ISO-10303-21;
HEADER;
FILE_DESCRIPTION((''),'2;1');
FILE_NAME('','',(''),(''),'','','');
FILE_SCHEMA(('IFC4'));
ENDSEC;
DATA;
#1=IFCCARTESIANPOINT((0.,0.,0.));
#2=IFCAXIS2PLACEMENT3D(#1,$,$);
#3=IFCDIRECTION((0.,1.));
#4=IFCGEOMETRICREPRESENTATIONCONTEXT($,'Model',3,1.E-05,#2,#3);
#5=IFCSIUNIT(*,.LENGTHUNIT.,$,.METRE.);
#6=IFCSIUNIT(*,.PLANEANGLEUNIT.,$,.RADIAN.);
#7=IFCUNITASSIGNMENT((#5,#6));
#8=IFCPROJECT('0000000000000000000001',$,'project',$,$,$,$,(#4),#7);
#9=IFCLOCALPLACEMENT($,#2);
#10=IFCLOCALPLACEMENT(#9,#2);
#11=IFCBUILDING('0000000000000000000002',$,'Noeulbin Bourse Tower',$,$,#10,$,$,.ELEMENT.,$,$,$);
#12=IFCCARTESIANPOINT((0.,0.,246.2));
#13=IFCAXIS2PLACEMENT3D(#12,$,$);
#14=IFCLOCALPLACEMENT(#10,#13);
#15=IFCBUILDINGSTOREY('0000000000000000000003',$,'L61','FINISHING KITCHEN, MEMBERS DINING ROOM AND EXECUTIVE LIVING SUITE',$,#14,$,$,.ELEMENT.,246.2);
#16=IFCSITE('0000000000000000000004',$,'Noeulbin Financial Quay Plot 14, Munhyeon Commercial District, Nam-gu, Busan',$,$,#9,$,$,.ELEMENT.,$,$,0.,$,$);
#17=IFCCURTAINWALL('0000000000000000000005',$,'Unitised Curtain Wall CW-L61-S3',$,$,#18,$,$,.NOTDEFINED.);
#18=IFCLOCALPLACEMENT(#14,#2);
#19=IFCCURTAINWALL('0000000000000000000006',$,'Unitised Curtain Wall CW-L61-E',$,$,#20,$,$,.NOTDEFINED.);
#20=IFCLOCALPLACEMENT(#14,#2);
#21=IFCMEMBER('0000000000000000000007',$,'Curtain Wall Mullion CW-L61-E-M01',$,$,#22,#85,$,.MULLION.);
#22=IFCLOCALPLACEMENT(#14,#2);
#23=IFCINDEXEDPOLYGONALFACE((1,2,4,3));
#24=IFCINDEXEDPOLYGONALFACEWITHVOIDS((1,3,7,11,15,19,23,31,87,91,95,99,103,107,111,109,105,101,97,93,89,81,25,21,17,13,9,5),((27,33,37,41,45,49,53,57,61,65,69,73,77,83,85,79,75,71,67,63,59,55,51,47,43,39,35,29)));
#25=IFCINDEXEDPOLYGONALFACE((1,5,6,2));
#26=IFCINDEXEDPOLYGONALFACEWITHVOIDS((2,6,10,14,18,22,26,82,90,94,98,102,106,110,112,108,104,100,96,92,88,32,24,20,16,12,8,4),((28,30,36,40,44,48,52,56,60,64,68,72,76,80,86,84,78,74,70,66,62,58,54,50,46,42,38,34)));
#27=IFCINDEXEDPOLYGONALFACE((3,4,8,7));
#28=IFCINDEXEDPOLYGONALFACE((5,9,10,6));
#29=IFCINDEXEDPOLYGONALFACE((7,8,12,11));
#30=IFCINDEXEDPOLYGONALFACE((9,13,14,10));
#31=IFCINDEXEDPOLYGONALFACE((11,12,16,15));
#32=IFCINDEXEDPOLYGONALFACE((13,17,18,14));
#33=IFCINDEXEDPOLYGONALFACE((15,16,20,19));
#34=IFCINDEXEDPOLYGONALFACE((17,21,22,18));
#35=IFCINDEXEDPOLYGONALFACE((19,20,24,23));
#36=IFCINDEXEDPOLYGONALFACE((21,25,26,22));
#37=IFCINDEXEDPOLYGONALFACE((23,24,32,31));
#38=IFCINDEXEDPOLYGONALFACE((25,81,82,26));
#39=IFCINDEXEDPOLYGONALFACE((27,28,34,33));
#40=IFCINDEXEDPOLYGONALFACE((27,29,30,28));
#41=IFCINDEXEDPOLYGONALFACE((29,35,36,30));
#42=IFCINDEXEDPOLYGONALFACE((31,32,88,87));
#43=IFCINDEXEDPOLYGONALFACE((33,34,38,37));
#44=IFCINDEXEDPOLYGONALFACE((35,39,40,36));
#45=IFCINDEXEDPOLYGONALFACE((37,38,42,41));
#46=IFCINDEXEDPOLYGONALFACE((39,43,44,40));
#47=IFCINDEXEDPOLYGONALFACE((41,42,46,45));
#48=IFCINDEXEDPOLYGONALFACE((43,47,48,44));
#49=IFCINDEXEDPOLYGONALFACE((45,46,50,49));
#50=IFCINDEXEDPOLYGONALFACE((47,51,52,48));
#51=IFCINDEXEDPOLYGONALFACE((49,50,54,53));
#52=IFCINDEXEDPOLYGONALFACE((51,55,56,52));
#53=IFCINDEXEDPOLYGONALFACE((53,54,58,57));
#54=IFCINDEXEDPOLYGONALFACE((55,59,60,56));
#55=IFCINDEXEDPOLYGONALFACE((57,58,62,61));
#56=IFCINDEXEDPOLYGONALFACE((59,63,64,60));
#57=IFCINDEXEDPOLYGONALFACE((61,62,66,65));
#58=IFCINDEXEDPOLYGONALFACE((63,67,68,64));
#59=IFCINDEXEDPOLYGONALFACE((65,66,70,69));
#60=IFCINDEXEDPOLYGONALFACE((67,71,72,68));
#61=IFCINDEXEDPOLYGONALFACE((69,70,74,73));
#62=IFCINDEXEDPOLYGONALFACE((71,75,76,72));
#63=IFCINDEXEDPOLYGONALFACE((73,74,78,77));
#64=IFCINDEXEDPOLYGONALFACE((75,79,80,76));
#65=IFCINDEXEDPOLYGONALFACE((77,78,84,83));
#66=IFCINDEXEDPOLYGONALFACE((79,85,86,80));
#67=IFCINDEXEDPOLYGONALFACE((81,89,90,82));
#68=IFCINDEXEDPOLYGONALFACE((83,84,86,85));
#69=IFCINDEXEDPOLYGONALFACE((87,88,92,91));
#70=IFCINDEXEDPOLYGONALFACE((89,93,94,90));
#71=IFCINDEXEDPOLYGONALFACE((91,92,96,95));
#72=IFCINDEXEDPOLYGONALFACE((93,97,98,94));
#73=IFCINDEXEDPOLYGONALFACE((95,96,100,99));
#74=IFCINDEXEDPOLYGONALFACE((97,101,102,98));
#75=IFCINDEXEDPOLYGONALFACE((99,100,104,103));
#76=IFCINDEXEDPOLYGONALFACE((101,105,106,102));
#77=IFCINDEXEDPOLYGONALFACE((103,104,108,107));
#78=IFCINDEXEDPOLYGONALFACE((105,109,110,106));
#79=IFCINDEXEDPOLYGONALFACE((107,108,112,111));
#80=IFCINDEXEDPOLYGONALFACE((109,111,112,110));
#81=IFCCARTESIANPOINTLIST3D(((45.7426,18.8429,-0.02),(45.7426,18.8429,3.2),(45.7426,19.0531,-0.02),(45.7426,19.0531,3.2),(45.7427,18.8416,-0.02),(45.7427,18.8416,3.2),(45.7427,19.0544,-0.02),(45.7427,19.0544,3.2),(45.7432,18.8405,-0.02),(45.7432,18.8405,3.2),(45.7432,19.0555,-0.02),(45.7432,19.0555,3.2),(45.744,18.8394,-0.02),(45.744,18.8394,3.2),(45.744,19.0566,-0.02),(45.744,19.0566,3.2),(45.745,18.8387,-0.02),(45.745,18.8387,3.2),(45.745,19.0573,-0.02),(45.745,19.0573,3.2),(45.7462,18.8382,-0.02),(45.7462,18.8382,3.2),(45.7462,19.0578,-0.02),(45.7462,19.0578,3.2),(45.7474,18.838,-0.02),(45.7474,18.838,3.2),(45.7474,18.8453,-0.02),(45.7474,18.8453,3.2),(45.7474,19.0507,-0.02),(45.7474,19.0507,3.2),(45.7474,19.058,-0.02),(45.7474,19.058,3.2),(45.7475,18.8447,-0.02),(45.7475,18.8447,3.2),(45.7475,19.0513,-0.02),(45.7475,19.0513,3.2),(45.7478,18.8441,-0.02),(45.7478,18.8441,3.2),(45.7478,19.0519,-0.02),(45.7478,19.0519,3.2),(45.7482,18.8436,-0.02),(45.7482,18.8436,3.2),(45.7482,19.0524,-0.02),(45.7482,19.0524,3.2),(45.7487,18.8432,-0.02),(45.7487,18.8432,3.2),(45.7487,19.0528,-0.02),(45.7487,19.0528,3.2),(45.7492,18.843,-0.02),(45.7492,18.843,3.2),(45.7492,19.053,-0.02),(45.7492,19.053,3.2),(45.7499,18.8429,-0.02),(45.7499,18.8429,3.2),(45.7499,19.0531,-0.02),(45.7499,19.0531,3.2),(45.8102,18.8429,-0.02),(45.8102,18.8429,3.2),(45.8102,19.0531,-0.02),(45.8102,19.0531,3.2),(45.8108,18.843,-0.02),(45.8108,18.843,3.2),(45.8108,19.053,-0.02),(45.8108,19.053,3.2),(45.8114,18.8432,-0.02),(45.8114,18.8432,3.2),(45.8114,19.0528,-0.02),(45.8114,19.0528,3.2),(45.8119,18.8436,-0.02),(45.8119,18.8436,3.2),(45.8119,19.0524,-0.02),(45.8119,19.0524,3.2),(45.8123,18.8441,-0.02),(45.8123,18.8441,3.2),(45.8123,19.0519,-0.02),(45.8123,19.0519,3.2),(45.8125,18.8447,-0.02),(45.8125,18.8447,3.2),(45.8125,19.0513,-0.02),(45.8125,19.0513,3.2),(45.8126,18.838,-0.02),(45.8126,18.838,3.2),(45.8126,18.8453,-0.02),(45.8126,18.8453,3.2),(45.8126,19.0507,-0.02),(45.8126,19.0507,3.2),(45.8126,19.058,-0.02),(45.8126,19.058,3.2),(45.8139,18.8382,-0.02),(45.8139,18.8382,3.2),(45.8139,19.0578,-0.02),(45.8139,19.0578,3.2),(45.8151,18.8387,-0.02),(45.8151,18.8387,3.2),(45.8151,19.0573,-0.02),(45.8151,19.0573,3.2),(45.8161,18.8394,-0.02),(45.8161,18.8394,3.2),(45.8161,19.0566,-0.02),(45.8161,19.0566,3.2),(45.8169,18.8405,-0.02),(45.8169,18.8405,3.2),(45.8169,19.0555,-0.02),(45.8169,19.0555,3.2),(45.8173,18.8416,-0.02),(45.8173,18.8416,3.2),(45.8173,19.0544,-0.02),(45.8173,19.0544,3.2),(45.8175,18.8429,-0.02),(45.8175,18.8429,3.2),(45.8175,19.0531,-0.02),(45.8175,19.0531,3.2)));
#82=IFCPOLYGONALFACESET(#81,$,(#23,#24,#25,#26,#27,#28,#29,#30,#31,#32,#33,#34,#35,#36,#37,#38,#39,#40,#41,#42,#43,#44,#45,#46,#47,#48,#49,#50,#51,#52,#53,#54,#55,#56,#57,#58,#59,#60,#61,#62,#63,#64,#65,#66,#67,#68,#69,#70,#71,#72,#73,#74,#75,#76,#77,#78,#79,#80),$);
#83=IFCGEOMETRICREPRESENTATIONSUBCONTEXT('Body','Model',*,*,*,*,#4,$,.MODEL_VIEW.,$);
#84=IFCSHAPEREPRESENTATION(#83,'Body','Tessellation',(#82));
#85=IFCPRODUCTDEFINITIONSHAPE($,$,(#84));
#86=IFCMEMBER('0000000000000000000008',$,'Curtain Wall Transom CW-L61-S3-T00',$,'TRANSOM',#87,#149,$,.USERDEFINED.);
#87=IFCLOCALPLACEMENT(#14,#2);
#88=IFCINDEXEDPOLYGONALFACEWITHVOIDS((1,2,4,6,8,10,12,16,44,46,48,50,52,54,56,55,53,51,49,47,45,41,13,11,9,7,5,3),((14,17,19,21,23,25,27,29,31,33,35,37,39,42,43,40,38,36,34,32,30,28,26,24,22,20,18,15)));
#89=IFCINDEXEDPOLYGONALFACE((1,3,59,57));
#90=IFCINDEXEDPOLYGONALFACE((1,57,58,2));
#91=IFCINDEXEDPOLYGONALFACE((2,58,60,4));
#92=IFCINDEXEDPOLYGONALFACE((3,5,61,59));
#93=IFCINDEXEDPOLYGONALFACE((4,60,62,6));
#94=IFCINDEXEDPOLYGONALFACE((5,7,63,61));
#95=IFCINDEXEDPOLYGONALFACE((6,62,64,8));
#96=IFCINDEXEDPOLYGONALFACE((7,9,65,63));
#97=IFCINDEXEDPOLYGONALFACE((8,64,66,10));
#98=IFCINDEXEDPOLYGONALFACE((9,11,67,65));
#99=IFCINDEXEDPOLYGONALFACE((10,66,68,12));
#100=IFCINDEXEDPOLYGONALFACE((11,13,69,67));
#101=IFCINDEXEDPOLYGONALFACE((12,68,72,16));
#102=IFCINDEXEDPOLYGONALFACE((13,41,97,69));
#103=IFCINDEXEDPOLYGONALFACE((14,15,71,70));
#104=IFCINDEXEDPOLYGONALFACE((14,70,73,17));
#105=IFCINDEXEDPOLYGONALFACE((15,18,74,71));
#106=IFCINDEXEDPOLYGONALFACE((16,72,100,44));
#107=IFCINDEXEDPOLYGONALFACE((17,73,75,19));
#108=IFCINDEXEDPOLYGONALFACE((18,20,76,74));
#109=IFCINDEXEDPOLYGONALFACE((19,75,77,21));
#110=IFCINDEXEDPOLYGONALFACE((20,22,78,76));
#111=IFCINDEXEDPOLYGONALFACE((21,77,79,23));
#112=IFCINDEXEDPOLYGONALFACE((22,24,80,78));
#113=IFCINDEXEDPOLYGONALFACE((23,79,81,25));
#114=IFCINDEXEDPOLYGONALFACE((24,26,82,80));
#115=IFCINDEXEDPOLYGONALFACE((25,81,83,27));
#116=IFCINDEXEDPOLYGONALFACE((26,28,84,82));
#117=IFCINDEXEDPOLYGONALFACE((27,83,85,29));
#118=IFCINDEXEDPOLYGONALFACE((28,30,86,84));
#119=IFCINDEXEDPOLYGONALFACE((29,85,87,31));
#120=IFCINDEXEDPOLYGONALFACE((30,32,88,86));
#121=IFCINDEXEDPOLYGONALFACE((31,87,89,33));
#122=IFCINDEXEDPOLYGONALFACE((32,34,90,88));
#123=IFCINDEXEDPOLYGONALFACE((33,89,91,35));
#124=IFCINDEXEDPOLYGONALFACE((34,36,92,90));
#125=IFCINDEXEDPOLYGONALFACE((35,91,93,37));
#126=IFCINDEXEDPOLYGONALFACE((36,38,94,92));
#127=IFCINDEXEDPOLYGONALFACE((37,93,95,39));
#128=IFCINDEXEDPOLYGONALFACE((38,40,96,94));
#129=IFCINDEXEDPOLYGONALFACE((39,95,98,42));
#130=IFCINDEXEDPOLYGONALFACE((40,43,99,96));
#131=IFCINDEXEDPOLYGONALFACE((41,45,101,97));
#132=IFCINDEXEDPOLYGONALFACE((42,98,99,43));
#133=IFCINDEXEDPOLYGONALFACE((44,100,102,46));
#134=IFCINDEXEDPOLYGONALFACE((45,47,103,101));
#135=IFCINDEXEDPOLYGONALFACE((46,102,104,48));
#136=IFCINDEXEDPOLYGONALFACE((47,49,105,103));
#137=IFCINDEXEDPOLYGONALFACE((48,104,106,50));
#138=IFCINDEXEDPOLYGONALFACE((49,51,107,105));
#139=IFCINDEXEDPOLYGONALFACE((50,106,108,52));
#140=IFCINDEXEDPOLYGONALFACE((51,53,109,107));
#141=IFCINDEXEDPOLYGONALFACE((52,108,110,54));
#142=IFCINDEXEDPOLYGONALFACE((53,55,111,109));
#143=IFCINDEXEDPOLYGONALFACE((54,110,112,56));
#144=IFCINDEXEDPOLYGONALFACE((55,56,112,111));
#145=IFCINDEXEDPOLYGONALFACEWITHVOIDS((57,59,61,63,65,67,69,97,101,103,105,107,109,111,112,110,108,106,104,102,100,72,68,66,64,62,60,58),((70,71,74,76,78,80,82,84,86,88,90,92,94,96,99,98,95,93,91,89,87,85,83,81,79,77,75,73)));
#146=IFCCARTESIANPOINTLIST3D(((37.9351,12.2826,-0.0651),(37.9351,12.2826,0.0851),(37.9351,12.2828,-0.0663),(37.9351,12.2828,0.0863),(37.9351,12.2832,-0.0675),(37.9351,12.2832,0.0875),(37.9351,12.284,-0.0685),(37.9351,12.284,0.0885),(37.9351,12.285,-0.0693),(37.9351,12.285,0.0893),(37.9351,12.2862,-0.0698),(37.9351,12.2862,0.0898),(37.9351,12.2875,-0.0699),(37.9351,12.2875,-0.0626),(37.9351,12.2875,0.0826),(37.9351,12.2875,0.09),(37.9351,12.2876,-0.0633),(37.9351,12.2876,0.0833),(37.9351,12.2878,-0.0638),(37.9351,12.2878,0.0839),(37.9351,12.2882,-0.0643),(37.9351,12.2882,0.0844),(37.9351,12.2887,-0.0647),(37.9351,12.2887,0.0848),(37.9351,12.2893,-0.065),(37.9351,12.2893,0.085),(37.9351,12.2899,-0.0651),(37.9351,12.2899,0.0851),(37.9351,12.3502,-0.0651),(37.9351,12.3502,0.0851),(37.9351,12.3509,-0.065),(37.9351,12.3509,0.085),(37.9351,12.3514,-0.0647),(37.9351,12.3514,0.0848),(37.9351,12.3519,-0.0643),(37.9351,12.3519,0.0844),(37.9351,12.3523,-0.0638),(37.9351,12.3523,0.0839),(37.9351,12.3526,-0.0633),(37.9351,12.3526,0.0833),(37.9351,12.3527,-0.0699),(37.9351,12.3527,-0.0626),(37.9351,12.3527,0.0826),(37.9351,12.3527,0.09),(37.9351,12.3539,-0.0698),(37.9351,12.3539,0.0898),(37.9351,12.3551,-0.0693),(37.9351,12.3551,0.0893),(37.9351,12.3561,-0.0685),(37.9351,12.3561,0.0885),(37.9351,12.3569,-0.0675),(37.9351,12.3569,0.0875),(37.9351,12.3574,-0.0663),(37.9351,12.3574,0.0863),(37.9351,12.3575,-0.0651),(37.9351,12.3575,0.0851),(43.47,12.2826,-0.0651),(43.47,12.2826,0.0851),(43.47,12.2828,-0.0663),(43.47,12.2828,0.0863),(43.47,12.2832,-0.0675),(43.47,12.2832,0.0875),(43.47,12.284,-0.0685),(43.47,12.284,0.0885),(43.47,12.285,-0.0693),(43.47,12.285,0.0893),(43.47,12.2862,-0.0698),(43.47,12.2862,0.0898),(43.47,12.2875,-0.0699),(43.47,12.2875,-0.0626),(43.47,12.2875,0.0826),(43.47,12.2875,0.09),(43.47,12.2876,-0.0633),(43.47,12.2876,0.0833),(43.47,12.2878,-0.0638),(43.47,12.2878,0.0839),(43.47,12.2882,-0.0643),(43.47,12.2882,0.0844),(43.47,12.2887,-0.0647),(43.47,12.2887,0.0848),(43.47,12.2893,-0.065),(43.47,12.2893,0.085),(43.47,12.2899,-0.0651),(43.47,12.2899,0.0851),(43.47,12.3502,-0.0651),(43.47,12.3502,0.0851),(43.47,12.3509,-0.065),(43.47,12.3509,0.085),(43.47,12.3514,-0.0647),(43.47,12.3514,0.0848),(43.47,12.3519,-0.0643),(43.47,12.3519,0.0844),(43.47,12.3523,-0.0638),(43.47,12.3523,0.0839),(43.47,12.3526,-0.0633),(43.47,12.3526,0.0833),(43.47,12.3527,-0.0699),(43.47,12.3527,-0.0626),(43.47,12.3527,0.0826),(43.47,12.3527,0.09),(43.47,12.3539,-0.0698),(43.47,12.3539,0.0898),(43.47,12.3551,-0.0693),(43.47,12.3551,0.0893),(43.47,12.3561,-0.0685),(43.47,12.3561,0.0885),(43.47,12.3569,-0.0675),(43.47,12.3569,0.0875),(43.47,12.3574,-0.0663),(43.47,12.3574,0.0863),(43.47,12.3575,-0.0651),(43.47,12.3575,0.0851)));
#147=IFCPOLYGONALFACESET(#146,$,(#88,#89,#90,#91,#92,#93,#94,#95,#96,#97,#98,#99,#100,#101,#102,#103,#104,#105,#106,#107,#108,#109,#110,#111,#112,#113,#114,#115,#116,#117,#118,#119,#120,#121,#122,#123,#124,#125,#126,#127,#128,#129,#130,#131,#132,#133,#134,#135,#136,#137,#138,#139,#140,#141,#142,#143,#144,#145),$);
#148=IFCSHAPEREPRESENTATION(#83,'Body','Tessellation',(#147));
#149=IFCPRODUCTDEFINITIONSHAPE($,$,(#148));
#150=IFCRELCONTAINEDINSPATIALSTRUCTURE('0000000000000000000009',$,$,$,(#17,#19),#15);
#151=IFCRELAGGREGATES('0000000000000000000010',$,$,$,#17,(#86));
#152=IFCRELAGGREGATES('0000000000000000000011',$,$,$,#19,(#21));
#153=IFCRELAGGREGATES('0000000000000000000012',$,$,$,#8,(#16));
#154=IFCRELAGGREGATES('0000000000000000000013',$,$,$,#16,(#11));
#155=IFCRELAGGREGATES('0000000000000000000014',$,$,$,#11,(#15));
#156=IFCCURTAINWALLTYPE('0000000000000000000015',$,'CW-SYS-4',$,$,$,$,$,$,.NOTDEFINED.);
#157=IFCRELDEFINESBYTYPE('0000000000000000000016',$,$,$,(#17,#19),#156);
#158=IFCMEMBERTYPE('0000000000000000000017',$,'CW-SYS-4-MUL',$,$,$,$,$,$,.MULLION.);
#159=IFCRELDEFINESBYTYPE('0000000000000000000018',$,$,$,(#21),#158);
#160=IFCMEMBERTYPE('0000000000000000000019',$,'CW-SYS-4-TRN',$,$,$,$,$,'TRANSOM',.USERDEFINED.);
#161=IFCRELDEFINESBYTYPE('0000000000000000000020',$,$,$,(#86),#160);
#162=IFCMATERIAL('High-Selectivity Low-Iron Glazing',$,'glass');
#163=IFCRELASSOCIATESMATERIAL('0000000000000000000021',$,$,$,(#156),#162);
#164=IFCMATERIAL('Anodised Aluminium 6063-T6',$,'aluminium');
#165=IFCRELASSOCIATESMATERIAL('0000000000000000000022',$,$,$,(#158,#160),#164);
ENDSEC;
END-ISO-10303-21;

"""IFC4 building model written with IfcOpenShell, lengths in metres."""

from ifc_helpers import new_model, si_unit, direction, frame, origin, origin_2d, place, context, subcontext, project, spatial, hollow_rectangle, extrude, material, material_profile, profile_set, type_object, element, aggregate, save


model = new_model("IFC4")

# Units and contexts
model_context = context("Model", 3, precision=1e-05, world=origin(), true_north=direction((0.0, 1.0)))
body_context = subcontext(model_context, "Body", "Model", "MODEL_VIEW")
ifc_project = project(units=[si_unit("LENGTHUNIT", "METRE"), si_unit("PLANEANGLEUNIT", "RADIAN")], contexts=[model_context])

# Site, building, storey
site_placement = place(None, origin())
site = spatial("IfcSite", under=ifc_project, at=site_placement, Name="Noeulbin Financial Quay Plot 14, Munhyeon Commercial District, Nam-gu, Busan", CompositionType="ELEMENT", RefElevation=0.0)
building_placement = place(site_placement, origin())
building = spatial("IfcBuilding", under=site, at=building_placement, Name="Noeulbin Bourse Tower", CompositionType="ELEMENT")
storey_placement = place(building_placement, frame((0.0, 0.0, 246.2)))
storey = spatial("IfcBuildingStorey", under=building, at=storey_placement, Name="L61", Description="FINISHING KITCHEN, MEMBERS DINING ROOM AND EXECUTIVE LIVING SUITE", CompositionType="ELEMENT", Elevation=246.2)

# Curtain walls, member
ifc_material_1 = material(Name="High-Selectivity Low-Iron Glazing", Category="glass")
curtain_wall_type = type_object("IfcCurtainWallType", Name="CW-SYS-4", PredefinedType="NOTDEFINED", material=ifc_material_1)
curtain_wall_1_placement = place(storey_placement, origin())
curtain_wall_1 = element("IfcCurtainWall", 1, at=curtain_wall_1_placement, inside=storey, type_object=curtain_wall_type, Name="Unitised Curtain Wall CW-L61-S3", PredefinedType="NOTDEFINED")
ifc_material_2 = material(Name="Anodised Aluminium 6063-T6", Category="aluminium")
ifc_material_profile_1 = material_profile(ifc_material_2, hollow_rectangle(XDim=0.075, YDim=0.22, WallThickness=0.0049, InnerFilletRadius=0.0024, OuterFilletRadius=0.0049, at=origin_2d()), Name="ALU-MULL-75x220x5", Category="LoadBearing")
ifc_profile_set_1 = profile_set([ifc_material_profile_1], Name="Anodised Aluminium 6063-T6")
member_type_1 = type_object("IfcMemberType", Name="CW-SYS-4-MUL", PredefinedType="MULLION", material=ifc_profile_set_1)
curtain_wall_2_placement = place(storey_placement, origin())
curtain_wall_2 = element("IfcCurtainWall", 2, at=curtain_wall_2_placement, inside=storey, type_object=curtain_wall_type, Name="Unitised Curtain Wall CW-L61-E", PredefinedType="NOTDEFINED")
member_1_placement = place(storey_placement, frame((45.78, 18.948, -0.02), z_axis=(0.0, 0.0, 1.0), x_axis=(1.0, 0.0, 0.0)))
member_1 = element("IfcMember", 3, at=member_1_placement, type_object=member_type_1, Name="Curtain Wall Mullion CW-L61-E-M01", PredefinedType="MULLION", context=body_context, shape_type="SweptSolid", body=[
    extrude(hollow_rectangle(XDim=0.075, YDim=0.22, WallThickness=0.0049, InnerFilletRadius=0.0024, OuterFilletRadius=0.0049, at=origin_2d()), origin(), (0.0, 0.0, 1.0), 3.22),
])

# Member
ifc_material_profile_2 = material_profile(ifc_material_2, hollow_rectangle(XDim=0.075, YDim=0.1599, WallThickness=0.0049, InnerFilletRadius=0.0024, OuterFilletRadius=0.0049, at=origin_2d()), Name="ALU-TRAN-75x160x5", Category="LoadBearing")
ifc_profile_set_2 = profile_set([ifc_material_profile_2], Name="Anodised Aluminium 6063-T6")
member_type_2 = type_object("IfcMemberType", Name="CW-SYS-4-TRN", ElementType="TRANSOM", PredefinedType="USERDEFINED", material=ifc_profile_set_2)
member_2_placement = place(storey_placement, frame((37.9351, 12.3201, 0.01), z_axis=(1.0, 0.0, 0.0), x_axis=(0.0, 1.0, 0.0)))
member_2 = element("IfcMember", 4, at=member_2_placement, type_object=member_type_2, Name="Curtain Wall Transom CW-L61-S3-T00", ObjectType="TRANSOM", PredefinedType="USERDEFINED", context=body_context, shape_type="SweptSolid", body=[
    extrude(hollow_rectangle(XDim=0.075, YDim=0.1599, WallThickness=0.0049, InnerFilletRadius=0.0024, OuterFilletRadius=0.0049, at=origin_2d()), origin(), (0.0, 0.0, 1.0), 5.5349),
])

aggregate(curtain_wall_1, [member_2])
aggregate(curtain_wall_2, [member_1])

save(model, "model.ifc")
